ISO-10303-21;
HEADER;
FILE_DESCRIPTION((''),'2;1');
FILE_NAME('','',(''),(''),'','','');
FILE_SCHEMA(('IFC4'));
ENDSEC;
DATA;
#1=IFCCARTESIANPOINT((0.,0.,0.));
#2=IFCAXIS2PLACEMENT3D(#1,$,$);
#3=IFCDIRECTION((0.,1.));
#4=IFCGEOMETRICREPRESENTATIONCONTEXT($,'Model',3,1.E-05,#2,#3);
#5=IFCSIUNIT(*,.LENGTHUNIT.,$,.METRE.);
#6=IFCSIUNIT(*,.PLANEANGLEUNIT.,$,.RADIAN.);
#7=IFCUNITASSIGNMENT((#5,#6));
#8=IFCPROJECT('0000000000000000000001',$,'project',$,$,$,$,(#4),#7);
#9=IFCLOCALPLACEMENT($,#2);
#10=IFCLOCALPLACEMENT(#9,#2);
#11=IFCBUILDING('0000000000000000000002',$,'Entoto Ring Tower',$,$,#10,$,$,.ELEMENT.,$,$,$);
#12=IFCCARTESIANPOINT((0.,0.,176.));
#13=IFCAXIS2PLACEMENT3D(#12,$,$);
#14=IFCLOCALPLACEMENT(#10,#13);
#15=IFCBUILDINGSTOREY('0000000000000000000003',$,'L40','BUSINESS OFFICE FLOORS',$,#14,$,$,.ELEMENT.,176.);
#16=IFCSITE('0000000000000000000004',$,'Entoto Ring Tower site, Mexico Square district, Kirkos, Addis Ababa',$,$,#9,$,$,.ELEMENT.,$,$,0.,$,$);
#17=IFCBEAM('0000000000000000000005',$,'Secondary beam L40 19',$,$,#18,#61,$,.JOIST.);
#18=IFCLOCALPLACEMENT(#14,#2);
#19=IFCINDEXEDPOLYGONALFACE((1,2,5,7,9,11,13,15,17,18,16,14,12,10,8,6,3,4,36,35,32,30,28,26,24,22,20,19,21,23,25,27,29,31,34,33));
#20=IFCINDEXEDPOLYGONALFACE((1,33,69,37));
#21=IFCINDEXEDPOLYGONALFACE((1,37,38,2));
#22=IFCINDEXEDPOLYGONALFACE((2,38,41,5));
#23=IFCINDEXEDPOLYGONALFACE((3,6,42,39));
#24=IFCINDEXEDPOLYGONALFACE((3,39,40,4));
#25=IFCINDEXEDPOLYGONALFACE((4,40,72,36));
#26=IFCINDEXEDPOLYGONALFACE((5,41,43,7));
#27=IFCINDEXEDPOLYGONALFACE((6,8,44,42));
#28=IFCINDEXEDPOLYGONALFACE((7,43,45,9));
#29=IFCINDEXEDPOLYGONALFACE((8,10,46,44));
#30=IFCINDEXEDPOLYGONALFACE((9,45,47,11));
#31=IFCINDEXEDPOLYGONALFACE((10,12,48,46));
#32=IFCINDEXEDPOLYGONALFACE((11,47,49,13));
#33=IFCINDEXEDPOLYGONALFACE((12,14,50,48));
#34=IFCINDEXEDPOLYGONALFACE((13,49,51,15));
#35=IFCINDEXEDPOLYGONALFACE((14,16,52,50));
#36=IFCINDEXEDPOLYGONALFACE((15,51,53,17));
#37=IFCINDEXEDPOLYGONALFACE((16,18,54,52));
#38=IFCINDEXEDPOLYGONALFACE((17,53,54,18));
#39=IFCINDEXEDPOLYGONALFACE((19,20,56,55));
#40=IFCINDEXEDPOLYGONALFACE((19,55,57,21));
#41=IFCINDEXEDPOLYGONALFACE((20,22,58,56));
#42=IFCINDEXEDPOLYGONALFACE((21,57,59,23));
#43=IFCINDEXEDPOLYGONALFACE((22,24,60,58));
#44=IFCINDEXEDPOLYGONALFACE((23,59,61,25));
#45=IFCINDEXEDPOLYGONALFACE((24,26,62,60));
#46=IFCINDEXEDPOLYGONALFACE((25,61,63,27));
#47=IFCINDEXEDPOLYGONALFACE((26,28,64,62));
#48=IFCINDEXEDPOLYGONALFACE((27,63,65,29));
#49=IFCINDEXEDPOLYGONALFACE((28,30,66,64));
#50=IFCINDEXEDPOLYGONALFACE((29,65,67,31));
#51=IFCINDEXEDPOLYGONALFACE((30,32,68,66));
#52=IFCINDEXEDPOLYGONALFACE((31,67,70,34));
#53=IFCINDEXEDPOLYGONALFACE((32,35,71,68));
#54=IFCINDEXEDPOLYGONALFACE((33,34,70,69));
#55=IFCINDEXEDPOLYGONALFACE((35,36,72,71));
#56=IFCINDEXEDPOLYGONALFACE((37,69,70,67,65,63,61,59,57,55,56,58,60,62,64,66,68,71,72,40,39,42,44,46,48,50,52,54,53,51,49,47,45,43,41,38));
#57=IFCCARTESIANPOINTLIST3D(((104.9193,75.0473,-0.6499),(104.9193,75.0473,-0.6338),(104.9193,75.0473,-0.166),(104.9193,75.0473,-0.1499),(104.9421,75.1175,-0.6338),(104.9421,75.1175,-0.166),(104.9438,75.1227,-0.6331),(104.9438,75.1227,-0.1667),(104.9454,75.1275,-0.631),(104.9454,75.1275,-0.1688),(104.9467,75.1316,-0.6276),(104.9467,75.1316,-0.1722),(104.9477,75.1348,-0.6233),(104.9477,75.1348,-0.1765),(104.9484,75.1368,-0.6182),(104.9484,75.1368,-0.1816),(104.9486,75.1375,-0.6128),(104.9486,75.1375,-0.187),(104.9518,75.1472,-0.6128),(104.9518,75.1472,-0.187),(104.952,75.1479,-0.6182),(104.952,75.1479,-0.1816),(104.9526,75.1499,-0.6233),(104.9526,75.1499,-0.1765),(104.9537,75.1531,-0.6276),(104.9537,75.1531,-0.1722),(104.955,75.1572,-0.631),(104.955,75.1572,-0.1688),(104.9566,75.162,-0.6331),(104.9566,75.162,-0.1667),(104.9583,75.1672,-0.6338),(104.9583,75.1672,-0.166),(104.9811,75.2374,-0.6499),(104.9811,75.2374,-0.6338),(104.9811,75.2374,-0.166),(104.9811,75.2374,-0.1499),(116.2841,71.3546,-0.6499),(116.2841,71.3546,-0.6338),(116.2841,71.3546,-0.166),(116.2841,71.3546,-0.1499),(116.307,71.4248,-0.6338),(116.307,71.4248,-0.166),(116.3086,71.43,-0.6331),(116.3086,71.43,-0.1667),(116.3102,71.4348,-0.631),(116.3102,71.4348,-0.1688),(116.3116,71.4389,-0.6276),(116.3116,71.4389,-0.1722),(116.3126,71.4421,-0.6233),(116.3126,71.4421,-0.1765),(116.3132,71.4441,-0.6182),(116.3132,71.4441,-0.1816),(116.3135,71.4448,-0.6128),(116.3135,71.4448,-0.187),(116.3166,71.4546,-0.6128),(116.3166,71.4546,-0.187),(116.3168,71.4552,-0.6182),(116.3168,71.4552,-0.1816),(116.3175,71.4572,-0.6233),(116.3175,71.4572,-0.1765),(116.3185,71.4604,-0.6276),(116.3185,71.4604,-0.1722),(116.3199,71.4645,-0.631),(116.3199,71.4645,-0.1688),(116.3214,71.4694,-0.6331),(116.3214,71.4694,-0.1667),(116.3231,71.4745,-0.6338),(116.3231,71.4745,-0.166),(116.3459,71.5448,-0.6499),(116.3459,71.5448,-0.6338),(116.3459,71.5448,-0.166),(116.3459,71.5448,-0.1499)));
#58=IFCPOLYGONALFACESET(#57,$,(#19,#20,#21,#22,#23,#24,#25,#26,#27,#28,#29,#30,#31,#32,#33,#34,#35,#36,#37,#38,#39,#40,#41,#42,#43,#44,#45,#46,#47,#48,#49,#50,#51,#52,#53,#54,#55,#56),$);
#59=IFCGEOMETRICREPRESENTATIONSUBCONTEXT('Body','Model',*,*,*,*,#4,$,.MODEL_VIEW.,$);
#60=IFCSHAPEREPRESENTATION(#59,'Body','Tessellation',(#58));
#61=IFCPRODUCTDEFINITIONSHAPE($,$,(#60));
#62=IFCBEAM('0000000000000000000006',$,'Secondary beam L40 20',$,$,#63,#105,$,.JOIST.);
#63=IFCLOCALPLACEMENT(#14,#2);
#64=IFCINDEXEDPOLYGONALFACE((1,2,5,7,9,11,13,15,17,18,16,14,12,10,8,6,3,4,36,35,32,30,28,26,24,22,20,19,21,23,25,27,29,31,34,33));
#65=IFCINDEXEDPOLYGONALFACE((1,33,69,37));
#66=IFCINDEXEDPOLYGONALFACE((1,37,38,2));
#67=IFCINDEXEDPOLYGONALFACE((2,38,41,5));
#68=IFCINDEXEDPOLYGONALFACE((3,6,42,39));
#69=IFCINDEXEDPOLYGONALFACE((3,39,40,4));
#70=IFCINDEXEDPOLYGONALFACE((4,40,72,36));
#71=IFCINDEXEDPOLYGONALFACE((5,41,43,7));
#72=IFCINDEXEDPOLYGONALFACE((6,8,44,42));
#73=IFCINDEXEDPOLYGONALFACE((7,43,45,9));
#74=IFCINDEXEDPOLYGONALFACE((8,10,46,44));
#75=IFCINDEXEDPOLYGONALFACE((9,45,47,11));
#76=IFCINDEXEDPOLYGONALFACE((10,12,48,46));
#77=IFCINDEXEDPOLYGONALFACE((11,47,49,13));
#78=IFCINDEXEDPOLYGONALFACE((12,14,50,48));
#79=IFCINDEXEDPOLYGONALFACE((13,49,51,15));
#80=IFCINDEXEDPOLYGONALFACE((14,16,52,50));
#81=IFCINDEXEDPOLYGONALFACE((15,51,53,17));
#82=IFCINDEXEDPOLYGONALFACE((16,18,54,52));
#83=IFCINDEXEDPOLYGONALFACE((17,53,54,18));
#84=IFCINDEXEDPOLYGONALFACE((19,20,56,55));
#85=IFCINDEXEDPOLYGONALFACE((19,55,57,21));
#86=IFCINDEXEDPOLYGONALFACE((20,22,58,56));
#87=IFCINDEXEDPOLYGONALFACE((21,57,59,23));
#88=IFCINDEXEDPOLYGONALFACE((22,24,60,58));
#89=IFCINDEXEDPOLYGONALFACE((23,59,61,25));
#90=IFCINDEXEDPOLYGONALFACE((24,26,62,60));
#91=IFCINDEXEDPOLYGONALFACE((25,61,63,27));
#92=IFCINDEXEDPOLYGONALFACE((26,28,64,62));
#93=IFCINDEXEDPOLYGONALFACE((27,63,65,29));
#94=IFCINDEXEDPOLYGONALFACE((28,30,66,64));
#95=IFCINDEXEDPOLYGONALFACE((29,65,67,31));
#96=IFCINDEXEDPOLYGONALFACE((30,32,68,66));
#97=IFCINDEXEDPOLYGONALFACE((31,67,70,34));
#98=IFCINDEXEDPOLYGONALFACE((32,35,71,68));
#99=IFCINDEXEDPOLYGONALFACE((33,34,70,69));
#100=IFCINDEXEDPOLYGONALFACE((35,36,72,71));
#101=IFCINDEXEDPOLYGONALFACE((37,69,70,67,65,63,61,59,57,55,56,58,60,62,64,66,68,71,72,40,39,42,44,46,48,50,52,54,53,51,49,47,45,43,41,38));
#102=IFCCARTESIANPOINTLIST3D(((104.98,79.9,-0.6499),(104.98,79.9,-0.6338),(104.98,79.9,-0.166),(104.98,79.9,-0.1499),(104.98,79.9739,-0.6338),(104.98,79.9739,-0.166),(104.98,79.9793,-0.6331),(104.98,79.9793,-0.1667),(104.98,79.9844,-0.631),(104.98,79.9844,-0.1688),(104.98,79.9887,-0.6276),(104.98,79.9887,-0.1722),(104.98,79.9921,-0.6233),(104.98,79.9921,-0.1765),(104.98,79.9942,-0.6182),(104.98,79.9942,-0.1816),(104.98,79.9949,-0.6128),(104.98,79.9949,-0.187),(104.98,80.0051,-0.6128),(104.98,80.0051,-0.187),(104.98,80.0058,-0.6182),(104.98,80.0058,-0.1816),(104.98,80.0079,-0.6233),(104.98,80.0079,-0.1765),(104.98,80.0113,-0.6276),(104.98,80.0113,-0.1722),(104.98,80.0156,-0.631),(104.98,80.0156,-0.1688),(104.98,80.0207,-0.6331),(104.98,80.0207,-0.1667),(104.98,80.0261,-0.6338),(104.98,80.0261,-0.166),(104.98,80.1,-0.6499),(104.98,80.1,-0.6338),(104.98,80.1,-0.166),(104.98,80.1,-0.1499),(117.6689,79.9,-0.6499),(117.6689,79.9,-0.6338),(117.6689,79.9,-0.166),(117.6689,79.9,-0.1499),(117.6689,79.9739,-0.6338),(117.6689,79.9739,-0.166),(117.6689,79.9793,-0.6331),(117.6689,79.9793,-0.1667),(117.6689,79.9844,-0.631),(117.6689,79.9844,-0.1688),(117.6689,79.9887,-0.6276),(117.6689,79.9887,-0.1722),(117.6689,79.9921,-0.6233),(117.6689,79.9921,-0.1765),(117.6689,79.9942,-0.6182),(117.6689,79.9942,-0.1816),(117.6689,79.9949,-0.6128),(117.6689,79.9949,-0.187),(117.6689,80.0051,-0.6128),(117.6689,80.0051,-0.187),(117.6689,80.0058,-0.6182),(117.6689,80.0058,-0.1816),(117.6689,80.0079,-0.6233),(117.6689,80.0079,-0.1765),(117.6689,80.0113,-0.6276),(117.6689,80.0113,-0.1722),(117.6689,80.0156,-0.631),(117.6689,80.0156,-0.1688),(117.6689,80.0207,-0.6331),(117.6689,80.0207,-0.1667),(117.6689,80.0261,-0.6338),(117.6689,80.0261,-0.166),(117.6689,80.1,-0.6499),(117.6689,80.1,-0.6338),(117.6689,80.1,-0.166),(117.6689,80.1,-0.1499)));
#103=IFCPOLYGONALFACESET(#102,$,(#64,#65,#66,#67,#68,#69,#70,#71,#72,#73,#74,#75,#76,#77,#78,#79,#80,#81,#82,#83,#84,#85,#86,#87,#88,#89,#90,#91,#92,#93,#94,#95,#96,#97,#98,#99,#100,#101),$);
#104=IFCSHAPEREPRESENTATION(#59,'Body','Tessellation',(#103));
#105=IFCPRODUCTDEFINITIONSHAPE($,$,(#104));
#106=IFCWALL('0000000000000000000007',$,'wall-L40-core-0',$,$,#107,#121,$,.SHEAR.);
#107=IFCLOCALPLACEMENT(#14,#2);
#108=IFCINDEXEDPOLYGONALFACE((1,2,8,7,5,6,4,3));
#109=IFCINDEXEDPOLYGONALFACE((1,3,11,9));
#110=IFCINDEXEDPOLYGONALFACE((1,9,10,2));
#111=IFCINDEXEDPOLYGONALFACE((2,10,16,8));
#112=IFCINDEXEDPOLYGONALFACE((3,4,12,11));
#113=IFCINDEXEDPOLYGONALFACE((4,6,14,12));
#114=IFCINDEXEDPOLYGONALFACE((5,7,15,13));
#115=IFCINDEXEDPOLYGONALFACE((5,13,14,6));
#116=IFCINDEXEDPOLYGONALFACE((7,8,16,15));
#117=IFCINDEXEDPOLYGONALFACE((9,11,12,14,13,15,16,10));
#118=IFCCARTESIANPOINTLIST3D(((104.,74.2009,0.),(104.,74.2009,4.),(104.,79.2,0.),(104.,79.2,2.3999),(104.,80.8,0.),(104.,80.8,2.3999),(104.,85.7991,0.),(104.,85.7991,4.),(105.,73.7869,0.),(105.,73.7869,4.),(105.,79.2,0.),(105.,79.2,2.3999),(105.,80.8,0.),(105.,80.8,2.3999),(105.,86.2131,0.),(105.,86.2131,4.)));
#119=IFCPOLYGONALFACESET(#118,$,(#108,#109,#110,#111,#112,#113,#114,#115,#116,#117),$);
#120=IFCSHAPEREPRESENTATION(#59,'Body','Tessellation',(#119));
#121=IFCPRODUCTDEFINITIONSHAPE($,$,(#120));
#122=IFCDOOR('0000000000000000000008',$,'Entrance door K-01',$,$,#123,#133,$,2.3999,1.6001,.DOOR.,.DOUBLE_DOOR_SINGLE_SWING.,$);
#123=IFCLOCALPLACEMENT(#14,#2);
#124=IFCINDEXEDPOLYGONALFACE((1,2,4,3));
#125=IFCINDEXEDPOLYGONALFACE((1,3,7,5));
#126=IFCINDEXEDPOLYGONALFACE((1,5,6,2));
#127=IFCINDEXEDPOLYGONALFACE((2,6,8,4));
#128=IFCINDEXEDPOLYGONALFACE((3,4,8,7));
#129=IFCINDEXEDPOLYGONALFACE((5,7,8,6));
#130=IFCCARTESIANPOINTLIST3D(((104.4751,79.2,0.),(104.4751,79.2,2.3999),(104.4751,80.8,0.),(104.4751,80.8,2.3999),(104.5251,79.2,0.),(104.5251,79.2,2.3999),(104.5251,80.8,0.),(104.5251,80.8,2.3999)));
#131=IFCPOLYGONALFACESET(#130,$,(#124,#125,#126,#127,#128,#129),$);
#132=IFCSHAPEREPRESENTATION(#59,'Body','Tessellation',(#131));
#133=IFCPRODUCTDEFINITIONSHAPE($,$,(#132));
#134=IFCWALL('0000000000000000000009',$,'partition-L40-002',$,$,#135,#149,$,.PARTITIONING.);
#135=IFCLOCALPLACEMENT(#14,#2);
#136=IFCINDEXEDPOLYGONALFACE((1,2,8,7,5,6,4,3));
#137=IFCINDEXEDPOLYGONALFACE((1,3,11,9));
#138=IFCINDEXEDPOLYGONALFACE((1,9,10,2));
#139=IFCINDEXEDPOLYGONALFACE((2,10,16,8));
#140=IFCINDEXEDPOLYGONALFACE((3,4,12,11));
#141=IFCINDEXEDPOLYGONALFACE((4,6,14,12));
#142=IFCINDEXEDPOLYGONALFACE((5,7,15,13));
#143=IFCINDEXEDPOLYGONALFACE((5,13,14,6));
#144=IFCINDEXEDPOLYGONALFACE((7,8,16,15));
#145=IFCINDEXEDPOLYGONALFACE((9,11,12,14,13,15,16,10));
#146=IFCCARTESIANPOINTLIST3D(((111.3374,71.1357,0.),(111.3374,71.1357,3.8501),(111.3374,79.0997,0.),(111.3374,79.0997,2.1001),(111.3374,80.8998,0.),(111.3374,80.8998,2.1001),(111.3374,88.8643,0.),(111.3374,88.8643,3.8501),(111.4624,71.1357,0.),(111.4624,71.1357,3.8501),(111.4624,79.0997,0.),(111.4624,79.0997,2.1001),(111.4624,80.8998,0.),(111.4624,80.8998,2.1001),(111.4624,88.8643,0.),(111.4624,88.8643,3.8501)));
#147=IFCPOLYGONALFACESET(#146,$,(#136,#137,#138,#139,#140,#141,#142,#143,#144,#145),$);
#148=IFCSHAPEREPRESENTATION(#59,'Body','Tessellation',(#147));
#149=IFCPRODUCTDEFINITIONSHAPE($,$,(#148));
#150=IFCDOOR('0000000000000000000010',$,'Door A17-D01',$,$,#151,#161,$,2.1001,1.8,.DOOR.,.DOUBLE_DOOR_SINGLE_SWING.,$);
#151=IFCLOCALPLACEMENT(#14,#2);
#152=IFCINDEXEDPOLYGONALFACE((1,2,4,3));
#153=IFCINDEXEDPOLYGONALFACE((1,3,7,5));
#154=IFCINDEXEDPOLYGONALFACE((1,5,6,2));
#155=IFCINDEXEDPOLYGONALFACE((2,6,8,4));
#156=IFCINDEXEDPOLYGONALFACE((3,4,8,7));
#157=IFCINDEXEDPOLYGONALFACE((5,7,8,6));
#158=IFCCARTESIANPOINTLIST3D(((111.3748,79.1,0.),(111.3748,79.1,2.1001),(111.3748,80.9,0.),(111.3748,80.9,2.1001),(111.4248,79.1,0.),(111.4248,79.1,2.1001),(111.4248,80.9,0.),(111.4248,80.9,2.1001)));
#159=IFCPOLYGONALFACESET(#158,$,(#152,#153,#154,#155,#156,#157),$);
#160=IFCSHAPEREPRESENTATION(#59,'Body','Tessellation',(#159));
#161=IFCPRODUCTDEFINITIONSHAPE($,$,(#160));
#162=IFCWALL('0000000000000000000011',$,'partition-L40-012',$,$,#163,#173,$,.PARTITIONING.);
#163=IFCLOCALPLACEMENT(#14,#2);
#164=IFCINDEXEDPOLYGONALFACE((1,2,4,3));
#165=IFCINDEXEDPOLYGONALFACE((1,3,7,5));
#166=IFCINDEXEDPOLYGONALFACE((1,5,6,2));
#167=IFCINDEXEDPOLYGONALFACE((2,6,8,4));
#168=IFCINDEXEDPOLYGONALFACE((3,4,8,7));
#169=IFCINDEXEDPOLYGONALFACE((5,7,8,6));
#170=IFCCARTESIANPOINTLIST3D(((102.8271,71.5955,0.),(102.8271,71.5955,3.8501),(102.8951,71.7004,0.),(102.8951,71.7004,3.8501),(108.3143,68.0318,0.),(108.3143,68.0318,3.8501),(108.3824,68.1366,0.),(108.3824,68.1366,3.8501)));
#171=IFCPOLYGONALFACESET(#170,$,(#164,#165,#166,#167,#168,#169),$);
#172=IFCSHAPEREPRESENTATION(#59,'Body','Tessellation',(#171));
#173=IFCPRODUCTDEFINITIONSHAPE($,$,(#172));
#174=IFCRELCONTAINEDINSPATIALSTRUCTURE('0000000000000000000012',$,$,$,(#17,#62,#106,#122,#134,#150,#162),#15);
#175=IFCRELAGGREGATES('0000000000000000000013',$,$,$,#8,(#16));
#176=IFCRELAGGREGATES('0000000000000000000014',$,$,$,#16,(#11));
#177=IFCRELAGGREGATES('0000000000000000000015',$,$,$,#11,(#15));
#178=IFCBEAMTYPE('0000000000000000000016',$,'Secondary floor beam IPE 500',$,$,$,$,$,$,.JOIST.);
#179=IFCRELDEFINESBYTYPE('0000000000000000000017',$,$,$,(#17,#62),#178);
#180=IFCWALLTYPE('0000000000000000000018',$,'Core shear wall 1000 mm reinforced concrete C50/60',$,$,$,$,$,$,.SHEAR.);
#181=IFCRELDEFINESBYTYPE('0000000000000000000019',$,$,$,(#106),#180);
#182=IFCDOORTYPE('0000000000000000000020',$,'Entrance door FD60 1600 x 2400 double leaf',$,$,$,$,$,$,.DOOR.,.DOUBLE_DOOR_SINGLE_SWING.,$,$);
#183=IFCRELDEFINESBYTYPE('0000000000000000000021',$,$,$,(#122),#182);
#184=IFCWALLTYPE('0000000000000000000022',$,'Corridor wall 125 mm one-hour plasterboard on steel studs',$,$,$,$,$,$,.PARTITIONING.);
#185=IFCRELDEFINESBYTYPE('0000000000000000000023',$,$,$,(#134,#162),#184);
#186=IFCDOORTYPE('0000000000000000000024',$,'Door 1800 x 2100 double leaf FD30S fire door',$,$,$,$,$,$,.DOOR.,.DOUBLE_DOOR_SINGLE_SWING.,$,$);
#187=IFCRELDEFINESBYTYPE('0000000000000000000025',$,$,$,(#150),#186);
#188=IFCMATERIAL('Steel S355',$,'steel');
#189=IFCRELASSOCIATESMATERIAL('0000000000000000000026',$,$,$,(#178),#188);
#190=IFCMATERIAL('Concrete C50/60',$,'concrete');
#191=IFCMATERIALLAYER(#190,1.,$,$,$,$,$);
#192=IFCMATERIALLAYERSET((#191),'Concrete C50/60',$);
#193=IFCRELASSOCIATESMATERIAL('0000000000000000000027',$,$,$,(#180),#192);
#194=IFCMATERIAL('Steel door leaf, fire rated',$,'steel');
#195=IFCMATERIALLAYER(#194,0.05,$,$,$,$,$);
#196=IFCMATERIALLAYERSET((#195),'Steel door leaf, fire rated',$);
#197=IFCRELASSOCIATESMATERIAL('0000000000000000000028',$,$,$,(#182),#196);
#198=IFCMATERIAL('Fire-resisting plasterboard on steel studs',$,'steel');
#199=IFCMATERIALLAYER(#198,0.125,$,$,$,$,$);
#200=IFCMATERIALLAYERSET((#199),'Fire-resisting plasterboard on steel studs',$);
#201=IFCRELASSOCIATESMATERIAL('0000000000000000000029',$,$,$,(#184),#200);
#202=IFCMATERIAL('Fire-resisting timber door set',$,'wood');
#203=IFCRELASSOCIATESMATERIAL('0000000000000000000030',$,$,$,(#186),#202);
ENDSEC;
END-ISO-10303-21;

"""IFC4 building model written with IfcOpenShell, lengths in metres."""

from ifc_helpers import new_model, si_unit, direction, frame, frame_2d, origin, origin_2d, place, context, subcontext, project, spatial, polyline, rectangle, i_section, outline, extrude, material, layer, layer_set, material_profile, profile_set, type_object, element, fill, save


model = new_model("IFC4")

# Units and contexts
model_context = context("Model", 3, precision=1e-05, world=origin(), true_north=direction((0.0, 1.0)))
body_context = subcontext(model_context, "Body", "Model", "MODEL_VIEW")
ifc_project = project(units=[si_unit("LENGTHUNIT", "METRE"), si_unit("PLANEANGLEUNIT", "RADIAN")], contexts=[model_context])

# Site, building, storey
site_placement = place(None, origin())
site = spatial("IfcSite", under=ifc_project, at=site_placement, Name="Entoto Ring Tower site, Mexico Square district, Kirkos, Addis Ababa", CompositionType="ELEMENT", RefElevation=0.0)
building_placement = place(site_placement, origin())
building = spatial("IfcBuilding", under=site, at=building_placement, Name="Entoto Ring Tower", CompositionType="ELEMENT")
storey_placement = place(building_placement, frame((0.0, 0.0, 176.0)))
storey = spatial("IfcBuildingStorey", under=building, at=storey_placement, Name="L40", Description="BUSINESS OFFICE FLOORS", CompositionType="ELEMENT", Elevation=176.0)

# Beams
ifc_material_1 = material(Name="Steel S355", Category="steel")
ifc_material_profile_1 = material_profile(ifc_material_1, i_section(OverallWidth=0.2, OverallDepth=0.5, WebThickness=0.0103, FlangeThickness=0.0161, FilletRadius=0.021, at=origin_2d()), Name="IPE 500")
ifc_profile_set_1 = profile_set([ifc_material_profile_1], Name="Steel S355")
beam_type_1 = type_object("IfcBeamType", Name="Secondary floor beam IPE 500", PredefinedType="JOIST", material=ifc_profile_set_1)
beam_1_placement = place(storey_placement, frame((104.9502, 75.1423, -0.3999), z_axis=(0.951057, -0.309017, 0.0), x_axis=(0.309017, 0.951057, 0.0)))
element("IfcBeam", 1, at=beam_1_placement, inside=storey, type_object=beam_type_1, Name="Secondary beam L40 19", PredefinedType="JOIST", context=body_context, shape_type="SweptSolid", body=[
    extrude(i_section(OverallWidth=0.2, OverallDepth=0.5, WebThickness=0.0103, FlangeThickness=0.0161, FilletRadius=0.021, at=origin_2d()), origin(), (0.0, 0.0, 1.0), 11.9497),
])
beam_2_placement = place(storey_placement, frame((104.98, 80.0, -0.3999), z_axis=(1.0, 0.0, 0.0), x_axis=(0.0, 1.0, 0.0)))
element("IfcBeam", 2, at=beam_2_placement, inside=storey, type_object=beam_type_1, Name="Secondary beam L40 20", PredefinedType="JOIST", context=body_context, shape_type="SweptSolid", body=[
    extrude(i_section(OverallWidth=0.2, OverallDepth=0.5, WebThickness=0.0103, FlangeThickness=0.0161, FilletRadius=0.021, at=origin_2d()), origin(), (0.0, 0.0, 1.0), 12.689),
])

# Walls, openings, doors
ifc_material_2 = material(Name="Concrete C50/60", Category="concrete")
ifc_layer_1 = layer(ifc_material_2, 1.0)
ifc_layer_set_1 = layer_set([ifc_layer_1], Name="Concrete C50/60")
wall_type_1 = type_object("IfcWallType", Name="Core shear wall 1000 mm reinforced concrete C50/60", PredefinedType="SHEAR", material=ifc_layer_set_1)
wall_1_placement = place(storey_placement, frame((104.5, 73.9939, 0.0), z_axis=(0.0, 0.0, 1.0), x_axis=(0.0, 1.0, 0.0)))
wall_1 = element("IfcWall", 3, at=wall_1_placement, inside=storey, type_object=wall_type_1, Name="wall-L40-core-0", PredefinedType="SHEAR", context=body_context, shape_type="SweptSolid", body=[
    extrude(outline(polyline([(-0.207, -0.5), (12.2192, -0.5), (11.8052, 0.5), (0.207, 0.5), (-0.207, -0.5)])), origin(), (0.0, 0.0, 1.0), 4.0),
])
opening_1_placement = place(wall_1_placement, frame((5.2061, 0.0, 0.0)))
opening_1 = element("IfcOpeningElement", 4, at=opening_1_placement, cuts=wall_1, PredefinedType="OPENING", context=body_context, shape_type="SweptSolid", body=[
    extrude(rectangle(XDim=1.6001, YDim=2.3999, at=frame_2d((0.8, 1.2))), frame((0.0, 0.51, 0.0), z_axis=(0.0, -1.0, 0.0), x_axis=(1.0, 0.0, 0.0)), (0.0, 0.0, 1.0), 1.02),
])
ifc_material_3 = material(Name="Steel door leaf, fire rated", Category="steel")
ifc_layer_2 = layer(ifc_material_3, 0.05)
ifc_layer_set_2 = layer_set([ifc_layer_2], Name="Steel door leaf, fire rated")
door_type_1 = type_object("IfcDoorType", Name="Entrance door FD60 1600 x 2400 double leaf", OperationType="DOUBLE_DOOR_SINGLE_SWING", PredefinedType="DOOR", material=ifc_layer_set_2)
door_1_placement = place(opening_1_placement, origin())
door_1 = element("IfcDoor", 5, at=door_1_placement, inside=storey, type_object=door_type_1, Name="Entrance door K-01", OperationType="DOUBLE_DOOR_SINGLE_SWING", OverallHeight=2.3999, OverallWidth=1.6001, PredefinedType="DOOR", context=body_context, shape_type="SweptSolid", body=[
    extrude(rectangle(XDim=1.6001, YDim=2.3999, at=frame_2d((0.8, 1.2))), frame((0.0, 0.0249, 0.0), z_axis=(0.0, -1.0, 0.0), x_axis=(1.0, 0.0, 0.0)), (0.0, 0.0, 1.0), 0.05),
])
fill(opening_1, door_1)
ifc_material_4 = material(Name="Fire-resisting plasterboard on steel studs", Category="steel")
ifc_layer_3 = layer(ifc_material_4, 0.125)
ifc_layer_set_3 = layer_set([ifc_layer_3], Name="Fire-resisting plasterboard on steel studs")
wall_type_2 = type_object("IfcWallType", Name="Corridor wall 125 mm one-hour plasterboard on steel studs", PredefinedType="PARTITIONING", material=ifc_layer_set_3)
wall_2_placement = place(storey_placement, frame((111.3999, 71.1357, 0.0), z_axis=(0.0, 0.0, 1.0), x_axis=(0.0, 1.0, 0.0)))
wall_2 = element("IfcWall", 6, at=wall_2_placement, inside=storey, type_object=wall_type_2, Name="partition-L40-002", PredefinedType="PARTITIONING", context=body_context, shape_type="SweptSolid", body=[
    extrude(rectangle(XDim=17.7285, YDim=0.125, at=frame_2d((8.8643, 0.0))), origin(), (0.0, 0.0, 1.0), 3.8501),
])
opening_2_placement = place(wall_2_placement, frame((7.9641, 0.0, 0.0)))
opening_2 = element("IfcOpeningElement", 7, at=opening_2_placement, cuts=wall_2, PredefinedType="OPENING", context=body_context, shape_type="SweptSolid", body=[
    extrude(rectangle(XDim=1.8, YDim=2.1001, at=frame_2d((0.8999, 1.05))), frame((0.0, 0.0725, 0.0), z_axis=(0.0, -1.0, 0.0), x_axis=(1.0, 0.0, 0.0)), (0.0, 0.0, 1.0), 0.145),
])
ifc_material_5 = material(Name="Fire-resisting timber door set", Category="wood")
door_type_2 = type_object("IfcDoorType", Name="Door 1800 x 2100 double leaf FD30S fire door", OperationType="DOUBLE_DOOR_SINGLE_SWING", PredefinedType="DOOR", material=ifc_material_5)
door_2_placement = place(opening_2_placement, frame((1.8, 0.0, 0.0), z_axis=(0.0, 0.0, 1.0), x_axis=(-1.0, 0.0, 0.0)))
door_2 = element("IfcDoor", 8, at=door_2_placement, inside=storey, type_object=door_type_2, Name="Door A17-D01", OperationType="DOUBLE_DOOR_SINGLE_SWING", OverallHeight=2.1001, OverallWidth=1.8, PredefinedType="DOOR", context=body_context, shape_type="SweptSolid", body=[
    extrude(rectangle(XDim=1.8, YDim=2.1001, at=frame_2d((0.8999, 1.05))), frame((0.0, 0.0249, 0.0), z_axis=(0.0, -1.0, 0.0), x_axis=(1.0, 0.0, 0.0)), (0.0, 0.0, 1.0), 0.05),
])
fill(opening_2, door_2)

# Wall
wall_3_placement = place(storey_placement, frame((108.3484, 68.0842, 0.0), z_axis=(0.0, 0.0, 1.0), x_axis=(-0.838655, 0.544663, 0.0)))
element("IfcWall", 9, at=wall_3_placement, inside=storey, type_object=wall_type_2, Name="partition-L40-012", PredefinedType="PARTITIONING", context=body_context, shape_type="SweptSolid", body=[
    extrude(rectangle(XDim=6.543, YDim=0.125, at=frame_2d((3.2715, 0.0))), origin(), (0.0, 0.0, 1.0), 3.8501),
])

save(model, "model.ifc")
